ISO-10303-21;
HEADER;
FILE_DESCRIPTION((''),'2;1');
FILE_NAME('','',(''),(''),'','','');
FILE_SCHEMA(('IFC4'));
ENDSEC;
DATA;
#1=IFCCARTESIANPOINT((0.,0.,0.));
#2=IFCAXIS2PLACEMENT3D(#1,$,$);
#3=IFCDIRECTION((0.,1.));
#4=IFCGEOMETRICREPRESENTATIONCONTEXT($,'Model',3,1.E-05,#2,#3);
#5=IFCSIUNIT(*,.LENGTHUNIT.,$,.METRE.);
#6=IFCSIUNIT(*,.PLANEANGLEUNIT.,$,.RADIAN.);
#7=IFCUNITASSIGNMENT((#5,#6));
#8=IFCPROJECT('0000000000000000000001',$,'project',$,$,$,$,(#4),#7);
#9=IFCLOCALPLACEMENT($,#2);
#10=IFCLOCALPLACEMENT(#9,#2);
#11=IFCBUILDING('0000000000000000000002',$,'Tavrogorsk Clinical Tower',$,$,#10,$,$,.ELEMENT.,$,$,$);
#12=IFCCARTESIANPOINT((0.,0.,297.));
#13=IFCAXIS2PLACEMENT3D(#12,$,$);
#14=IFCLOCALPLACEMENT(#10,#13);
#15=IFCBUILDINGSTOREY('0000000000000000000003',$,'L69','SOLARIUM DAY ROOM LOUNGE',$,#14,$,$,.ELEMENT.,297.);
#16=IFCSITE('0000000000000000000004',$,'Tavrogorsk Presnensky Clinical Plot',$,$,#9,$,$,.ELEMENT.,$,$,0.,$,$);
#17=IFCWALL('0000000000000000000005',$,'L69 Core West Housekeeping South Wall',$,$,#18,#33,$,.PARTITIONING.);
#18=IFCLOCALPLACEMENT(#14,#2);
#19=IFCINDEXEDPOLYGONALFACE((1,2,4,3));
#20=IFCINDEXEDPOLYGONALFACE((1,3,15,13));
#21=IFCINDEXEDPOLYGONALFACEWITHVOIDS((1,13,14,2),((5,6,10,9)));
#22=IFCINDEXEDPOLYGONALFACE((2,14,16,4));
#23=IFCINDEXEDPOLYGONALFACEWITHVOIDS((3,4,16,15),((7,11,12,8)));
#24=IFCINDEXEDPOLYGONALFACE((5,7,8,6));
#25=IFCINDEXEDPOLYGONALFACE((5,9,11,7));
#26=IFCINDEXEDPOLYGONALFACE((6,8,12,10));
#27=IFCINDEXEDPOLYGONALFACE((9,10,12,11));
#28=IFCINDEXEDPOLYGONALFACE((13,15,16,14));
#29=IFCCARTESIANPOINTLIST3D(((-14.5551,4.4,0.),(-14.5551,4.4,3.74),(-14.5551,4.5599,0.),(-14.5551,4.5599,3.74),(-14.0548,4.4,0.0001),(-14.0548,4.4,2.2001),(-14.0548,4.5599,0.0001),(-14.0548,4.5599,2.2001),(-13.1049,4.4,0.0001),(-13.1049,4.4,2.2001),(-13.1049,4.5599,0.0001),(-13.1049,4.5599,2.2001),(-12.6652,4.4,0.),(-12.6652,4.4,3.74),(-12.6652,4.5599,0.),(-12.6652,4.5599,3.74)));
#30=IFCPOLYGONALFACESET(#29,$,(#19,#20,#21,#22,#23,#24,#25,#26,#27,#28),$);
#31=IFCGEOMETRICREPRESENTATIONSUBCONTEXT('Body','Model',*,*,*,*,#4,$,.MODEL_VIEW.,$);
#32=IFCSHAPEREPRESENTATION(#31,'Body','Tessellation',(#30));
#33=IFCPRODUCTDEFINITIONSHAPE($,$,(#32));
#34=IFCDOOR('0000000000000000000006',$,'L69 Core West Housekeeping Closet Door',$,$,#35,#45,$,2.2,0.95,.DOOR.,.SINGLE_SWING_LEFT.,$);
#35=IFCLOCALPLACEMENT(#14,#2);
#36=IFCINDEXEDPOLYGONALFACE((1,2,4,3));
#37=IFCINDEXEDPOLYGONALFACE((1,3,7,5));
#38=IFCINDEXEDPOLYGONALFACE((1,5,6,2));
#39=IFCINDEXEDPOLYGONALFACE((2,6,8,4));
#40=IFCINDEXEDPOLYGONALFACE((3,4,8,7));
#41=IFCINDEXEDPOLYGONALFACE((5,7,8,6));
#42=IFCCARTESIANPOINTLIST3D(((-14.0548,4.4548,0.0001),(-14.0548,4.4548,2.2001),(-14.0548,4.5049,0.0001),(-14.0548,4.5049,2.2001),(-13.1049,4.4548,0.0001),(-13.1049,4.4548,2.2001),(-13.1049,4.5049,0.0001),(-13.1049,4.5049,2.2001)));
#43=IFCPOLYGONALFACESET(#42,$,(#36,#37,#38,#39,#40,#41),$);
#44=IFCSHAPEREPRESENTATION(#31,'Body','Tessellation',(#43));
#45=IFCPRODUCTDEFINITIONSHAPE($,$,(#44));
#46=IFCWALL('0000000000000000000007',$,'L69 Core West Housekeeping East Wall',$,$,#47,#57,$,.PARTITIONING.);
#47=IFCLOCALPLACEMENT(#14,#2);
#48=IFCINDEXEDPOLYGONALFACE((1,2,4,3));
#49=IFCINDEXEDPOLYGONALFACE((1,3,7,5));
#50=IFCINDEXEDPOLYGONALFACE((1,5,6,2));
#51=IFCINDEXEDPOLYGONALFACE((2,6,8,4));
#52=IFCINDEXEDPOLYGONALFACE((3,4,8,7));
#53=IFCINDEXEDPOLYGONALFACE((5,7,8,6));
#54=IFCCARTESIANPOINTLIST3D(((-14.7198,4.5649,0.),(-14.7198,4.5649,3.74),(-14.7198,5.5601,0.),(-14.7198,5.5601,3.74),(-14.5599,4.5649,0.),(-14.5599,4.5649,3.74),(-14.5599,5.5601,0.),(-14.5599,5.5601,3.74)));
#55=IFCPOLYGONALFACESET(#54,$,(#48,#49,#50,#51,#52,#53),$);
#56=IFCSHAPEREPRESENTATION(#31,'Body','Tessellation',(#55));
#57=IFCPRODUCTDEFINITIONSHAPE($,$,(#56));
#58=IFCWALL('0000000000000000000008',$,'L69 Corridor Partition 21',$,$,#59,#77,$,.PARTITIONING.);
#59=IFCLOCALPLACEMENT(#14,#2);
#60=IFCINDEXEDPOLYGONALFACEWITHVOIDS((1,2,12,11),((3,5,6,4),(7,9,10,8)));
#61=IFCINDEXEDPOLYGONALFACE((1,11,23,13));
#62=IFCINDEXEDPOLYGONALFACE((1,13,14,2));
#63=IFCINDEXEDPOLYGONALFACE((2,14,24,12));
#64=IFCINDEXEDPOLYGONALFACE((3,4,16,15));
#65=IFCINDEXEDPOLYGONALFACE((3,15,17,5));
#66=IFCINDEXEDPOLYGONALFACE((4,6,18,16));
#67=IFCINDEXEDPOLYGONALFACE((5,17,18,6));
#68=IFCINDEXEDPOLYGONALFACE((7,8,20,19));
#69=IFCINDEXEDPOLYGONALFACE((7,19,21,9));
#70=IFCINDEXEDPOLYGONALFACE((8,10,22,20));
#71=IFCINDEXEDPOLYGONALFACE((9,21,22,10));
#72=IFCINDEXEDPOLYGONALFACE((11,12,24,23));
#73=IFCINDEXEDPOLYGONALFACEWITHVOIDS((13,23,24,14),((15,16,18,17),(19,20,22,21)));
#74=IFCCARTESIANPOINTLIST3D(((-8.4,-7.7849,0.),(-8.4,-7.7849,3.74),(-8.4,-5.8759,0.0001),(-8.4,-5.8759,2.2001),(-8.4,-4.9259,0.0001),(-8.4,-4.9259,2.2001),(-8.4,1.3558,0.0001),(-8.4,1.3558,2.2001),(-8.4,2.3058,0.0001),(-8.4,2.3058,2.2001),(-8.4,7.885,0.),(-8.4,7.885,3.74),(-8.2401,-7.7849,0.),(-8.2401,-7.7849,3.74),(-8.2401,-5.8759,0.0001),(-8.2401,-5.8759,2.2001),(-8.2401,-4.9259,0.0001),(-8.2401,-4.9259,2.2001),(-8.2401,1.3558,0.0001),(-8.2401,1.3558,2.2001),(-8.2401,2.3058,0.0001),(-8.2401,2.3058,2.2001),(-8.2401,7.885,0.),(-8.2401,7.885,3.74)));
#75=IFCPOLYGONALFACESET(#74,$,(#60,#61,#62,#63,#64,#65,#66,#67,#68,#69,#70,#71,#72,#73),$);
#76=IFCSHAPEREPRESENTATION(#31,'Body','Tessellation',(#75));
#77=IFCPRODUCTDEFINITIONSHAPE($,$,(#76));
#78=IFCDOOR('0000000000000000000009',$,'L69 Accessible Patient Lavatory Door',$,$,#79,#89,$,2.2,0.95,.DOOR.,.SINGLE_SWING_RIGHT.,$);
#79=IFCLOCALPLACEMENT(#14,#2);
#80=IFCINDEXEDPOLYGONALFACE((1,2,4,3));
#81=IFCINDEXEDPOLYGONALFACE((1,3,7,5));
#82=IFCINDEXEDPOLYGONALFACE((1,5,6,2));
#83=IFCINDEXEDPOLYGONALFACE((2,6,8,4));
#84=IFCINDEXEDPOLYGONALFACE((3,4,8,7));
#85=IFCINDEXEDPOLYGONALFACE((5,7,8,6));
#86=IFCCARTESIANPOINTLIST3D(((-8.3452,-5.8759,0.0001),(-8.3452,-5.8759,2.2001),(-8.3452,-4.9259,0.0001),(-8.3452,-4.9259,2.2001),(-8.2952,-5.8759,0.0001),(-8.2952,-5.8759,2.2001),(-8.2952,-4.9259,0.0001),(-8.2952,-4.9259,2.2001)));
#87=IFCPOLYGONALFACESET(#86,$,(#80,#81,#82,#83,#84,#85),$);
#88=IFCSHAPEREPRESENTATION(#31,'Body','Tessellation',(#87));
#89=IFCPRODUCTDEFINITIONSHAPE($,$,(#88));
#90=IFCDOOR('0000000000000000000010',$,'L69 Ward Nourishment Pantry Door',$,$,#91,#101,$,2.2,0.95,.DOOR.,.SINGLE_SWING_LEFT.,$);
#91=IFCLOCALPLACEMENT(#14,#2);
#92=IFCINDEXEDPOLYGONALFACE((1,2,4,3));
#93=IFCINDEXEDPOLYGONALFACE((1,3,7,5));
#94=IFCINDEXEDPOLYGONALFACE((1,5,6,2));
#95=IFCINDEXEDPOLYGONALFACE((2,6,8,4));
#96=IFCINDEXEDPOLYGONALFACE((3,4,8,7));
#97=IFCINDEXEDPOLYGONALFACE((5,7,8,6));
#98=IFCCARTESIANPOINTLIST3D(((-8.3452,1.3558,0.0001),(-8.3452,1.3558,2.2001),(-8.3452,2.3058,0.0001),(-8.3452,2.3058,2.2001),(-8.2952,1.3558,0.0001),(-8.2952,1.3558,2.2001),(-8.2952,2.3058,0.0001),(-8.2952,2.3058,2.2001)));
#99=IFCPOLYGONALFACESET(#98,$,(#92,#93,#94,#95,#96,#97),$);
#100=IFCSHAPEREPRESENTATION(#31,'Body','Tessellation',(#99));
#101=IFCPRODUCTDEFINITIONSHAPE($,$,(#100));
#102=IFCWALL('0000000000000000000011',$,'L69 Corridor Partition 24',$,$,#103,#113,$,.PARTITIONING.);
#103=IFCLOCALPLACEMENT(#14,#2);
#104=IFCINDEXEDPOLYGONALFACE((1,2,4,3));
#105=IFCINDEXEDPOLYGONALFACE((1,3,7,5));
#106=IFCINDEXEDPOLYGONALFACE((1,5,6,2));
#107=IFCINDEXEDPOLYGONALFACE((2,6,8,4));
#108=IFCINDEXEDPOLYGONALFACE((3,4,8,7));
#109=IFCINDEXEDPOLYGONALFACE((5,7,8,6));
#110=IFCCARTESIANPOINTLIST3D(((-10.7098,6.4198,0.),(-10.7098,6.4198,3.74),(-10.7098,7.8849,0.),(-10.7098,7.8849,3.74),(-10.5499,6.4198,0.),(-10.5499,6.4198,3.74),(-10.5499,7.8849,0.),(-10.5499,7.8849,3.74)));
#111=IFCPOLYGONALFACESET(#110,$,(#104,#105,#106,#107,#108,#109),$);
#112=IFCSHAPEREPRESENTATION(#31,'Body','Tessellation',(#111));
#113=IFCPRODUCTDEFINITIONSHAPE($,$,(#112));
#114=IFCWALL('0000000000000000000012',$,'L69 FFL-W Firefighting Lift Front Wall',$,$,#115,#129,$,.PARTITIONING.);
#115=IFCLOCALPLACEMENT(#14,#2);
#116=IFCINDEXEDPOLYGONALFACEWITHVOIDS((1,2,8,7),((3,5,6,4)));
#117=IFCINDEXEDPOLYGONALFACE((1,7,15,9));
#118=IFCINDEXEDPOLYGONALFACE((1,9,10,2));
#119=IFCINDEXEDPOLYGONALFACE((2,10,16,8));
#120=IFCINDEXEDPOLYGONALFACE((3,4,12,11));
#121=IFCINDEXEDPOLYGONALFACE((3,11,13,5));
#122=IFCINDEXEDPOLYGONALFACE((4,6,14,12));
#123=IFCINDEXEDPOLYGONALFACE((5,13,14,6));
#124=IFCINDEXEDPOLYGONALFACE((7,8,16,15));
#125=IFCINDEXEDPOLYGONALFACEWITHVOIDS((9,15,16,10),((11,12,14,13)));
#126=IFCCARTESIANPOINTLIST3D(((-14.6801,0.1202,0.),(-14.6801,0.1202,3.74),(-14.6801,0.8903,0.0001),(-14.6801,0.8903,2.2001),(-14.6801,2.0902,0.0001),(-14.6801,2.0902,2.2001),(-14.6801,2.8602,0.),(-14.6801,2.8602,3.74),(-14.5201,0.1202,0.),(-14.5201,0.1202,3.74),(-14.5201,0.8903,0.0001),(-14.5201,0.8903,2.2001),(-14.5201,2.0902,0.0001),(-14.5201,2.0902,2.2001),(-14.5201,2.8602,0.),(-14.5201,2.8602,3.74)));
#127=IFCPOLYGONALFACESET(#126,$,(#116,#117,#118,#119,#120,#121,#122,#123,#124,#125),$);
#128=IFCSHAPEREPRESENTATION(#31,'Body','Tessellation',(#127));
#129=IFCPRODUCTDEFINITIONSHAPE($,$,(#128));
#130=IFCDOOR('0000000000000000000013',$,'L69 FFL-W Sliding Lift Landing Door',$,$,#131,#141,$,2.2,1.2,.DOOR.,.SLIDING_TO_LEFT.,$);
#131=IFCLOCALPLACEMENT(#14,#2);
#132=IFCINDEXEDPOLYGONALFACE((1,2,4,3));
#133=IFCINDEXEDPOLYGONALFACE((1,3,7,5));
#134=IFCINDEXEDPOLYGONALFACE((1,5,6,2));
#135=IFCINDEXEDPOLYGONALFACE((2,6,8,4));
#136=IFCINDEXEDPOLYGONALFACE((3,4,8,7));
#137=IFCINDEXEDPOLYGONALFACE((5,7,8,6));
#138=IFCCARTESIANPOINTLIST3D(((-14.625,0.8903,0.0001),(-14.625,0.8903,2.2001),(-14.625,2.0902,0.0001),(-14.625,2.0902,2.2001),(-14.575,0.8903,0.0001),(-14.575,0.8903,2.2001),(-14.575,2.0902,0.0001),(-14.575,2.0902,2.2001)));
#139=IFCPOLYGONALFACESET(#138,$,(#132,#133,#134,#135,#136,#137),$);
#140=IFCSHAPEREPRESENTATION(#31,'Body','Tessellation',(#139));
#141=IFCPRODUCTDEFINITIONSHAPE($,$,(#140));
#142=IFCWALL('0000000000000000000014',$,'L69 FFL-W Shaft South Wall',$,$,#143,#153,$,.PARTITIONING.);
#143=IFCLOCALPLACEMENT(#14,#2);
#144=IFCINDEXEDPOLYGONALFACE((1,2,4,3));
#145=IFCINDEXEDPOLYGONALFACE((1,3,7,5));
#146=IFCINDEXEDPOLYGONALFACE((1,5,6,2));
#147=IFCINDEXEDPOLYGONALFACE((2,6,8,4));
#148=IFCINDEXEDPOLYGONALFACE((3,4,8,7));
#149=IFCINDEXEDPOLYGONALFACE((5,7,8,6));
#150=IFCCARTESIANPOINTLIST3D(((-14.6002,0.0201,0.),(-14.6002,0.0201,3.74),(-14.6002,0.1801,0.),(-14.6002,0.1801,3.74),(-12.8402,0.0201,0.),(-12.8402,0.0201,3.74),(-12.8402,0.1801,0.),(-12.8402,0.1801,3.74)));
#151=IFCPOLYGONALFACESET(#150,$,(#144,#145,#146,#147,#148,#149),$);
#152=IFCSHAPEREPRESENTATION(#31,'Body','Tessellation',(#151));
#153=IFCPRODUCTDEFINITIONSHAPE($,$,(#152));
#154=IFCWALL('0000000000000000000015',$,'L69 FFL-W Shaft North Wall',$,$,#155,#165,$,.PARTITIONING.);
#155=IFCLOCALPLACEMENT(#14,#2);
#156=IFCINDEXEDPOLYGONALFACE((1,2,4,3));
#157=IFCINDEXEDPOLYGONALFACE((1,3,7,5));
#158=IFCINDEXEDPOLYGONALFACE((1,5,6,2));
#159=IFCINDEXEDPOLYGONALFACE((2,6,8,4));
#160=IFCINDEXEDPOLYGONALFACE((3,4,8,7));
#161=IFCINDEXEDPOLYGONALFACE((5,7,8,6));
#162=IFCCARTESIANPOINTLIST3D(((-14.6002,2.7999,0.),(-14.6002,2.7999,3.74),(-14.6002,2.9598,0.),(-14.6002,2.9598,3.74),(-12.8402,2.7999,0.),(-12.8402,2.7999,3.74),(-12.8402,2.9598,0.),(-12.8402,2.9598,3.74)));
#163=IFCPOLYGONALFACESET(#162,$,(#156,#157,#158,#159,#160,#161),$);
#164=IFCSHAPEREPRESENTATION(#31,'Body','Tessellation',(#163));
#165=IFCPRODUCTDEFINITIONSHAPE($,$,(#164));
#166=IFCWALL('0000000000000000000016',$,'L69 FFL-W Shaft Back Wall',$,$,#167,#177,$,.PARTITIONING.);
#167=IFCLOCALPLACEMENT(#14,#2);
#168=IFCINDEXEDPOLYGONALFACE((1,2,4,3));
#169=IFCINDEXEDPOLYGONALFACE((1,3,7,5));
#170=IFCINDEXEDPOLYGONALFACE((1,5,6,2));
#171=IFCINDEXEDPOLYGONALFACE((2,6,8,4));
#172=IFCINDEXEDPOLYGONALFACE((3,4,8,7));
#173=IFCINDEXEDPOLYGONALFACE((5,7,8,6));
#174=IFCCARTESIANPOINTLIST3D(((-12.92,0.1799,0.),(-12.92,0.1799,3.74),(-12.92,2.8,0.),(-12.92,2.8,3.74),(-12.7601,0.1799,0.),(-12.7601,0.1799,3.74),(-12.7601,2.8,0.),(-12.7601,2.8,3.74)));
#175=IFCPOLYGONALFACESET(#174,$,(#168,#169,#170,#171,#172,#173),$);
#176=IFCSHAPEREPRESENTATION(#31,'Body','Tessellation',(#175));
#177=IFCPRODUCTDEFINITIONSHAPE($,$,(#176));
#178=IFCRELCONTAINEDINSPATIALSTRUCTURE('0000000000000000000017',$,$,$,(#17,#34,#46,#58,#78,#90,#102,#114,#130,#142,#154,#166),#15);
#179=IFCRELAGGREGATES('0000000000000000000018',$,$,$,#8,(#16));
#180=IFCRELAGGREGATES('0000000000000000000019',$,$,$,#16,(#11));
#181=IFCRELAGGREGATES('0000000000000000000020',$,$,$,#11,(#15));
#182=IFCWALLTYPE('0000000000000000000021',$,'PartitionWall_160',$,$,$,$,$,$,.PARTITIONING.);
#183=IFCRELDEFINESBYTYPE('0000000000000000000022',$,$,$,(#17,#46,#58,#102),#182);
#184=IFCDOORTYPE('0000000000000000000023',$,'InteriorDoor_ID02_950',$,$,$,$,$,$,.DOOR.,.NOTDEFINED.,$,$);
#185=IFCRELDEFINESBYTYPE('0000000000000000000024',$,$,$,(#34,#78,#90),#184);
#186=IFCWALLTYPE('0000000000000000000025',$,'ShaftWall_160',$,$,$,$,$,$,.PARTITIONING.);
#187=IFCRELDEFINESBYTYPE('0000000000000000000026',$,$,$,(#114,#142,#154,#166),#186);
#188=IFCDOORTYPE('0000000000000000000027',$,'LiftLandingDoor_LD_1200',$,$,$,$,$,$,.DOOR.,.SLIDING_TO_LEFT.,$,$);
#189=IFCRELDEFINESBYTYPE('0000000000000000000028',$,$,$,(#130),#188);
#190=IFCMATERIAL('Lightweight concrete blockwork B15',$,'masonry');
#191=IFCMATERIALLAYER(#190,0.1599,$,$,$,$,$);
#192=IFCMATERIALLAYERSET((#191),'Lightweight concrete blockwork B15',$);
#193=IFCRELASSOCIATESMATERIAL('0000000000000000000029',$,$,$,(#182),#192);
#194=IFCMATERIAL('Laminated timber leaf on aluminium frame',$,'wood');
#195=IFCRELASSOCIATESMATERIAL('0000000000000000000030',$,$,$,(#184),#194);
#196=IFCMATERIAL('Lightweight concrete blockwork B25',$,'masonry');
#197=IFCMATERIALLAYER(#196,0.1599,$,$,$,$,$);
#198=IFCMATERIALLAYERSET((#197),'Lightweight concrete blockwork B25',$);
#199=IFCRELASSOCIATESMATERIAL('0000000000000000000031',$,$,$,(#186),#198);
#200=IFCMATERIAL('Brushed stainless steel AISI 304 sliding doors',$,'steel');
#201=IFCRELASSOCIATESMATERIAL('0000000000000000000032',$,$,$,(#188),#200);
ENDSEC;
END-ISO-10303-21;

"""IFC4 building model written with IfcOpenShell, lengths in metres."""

from ifc_helpers import new_model, si_unit, direction, frame, frame_2d, origin, place, context, subcontext, project, spatial, rectangle, extrude, material, layer, layer_set, type_object, element, fill, save


model = new_model("IFC4")

# Units and contexts
model_context = context("Model", 3, precision=1e-05, world=origin(), true_north=direction((0.0, 1.0)))
body_context = subcontext(model_context, "Body", "Model", "MODEL_VIEW")
ifc_project = project(units=[si_unit("LENGTHUNIT", "METRE"), si_unit("PLANEANGLEUNIT", "RADIAN")], contexts=[model_context])

# Site, building, storey
site_placement = place(None, origin())
site = spatial("IfcSite", under=ifc_project, at=site_placement, Name="Tavrogorsk Presnensky Clinical Plot", CompositionType="ELEMENT", RefElevation=0.0)
building_placement = place(site_placement, origin())
building = spatial("IfcBuilding", under=site, at=building_placement, Name="Tavrogorsk Clinical Tower", CompositionType="ELEMENT")
storey_placement = place(building_placement, frame((0.0, 0.0, 297.0)))
storey = spatial("IfcBuildingStorey", under=building, at=storey_placement, Name="L69", Description="SOLARIUM DAY ROOM LOUNGE", CompositionType="ELEMENT", Elevation=297.0)

# Wall, opening, door
ifc_material_1 = material(Name="Lightweight concrete blockwork B15", Category="masonry")
ifc_layer_1 = layer(ifc_material_1, 0.1599)
ifc_layer_set_1 = layer_set([ifc_layer_1], Name="Lightweight concrete blockwork B15")
wall_type_1 = type_object("IfcWallType", Name="PartitionWall_160", PredefinedType="PARTITIONING", material=ifc_layer_set_1)
ifc_material_2 = material(Name="Laminated timber leaf on aluminium frame", Category="wood")
door_type_1 = type_object("IfcDoorType", Name="InteriorDoor_ID02_950", OperationType="NOTDEFINED", PredefinedType="DOOR", material=ifc_material_2)
wall_1_placement = place(storey_placement, frame((-14.5549, 4.48, 0.0), z_axis=(0.0, 0.0, 1.0), x_axis=(1.0, 0.0, 0.0)))
wall_1 = element("IfcWall", 1, at=wall_1_placement, inside=storey, type_object=wall_type_1, Name="L69 Core West Housekeeping South Wall", PredefinedType="PARTITIONING", context=body_context, shape_type="SweptSolid", body=[
    extrude(rectangle(XDim=1.8899, YDim=0.1599, at=frame_2d((0.9448, 0.0))), origin(), (0.0, 0.0, 1.0), 3.74),
])
opening_1_placement = place(wall_1_placement, frame((0.5, 0.0, 0.0)))
opening_1 = element("IfcOpeningElement", 2, at=opening_1_placement, cuts=wall_1, PredefinedType="OPENING", context=body_context, shape_type="SweptSolid", body=[
    extrude(rectangle(XDim=0.95, YDim=2.2, at=frame_2d((0.4751, 1.1001))), frame((0.0, 0.0898, 0.0), z_axis=(0.0, -1.0, 0.0), x_axis=(1.0, 0.0, 0.0)), (0.0, 0.0, 1.0), 0.1799),
])
door_1_placement = place(opening_1_placement, origin())
door_1 = element("IfcDoor", 3, at=door_1_placement, inside=storey, type_object=door_type_1, Name="L69 Core West Housekeeping Closet Door", OperationType="SINGLE_SWING_LEFT", OverallHeight=2.2, OverallWidth=0.95, PredefinedType="DOOR", context=body_context, shape_type="SweptSolid", body=[
    extrude(rectangle(XDim=0.95, YDim=2.2, at=frame_2d((0.4751, 1.1001))), frame((0.0, 0.0249, 0.0), z_axis=(0.0, -1.0, 0.0), x_axis=(1.0, 0.0, 0.0)), (0.0, 0.0, 1.0), 0.05),
])
fill(opening_1, door_1)

# Wall
wall_2_placement = place(storey_placement, frame((-14.6399, 4.5649, 0.0), z_axis=(0.0, 0.0, 1.0), x_axis=(0.0, 1.0, 0.0)))
element("IfcWall", 4, at=wall_2_placement, inside=storey, type_object=wall_type_1, Name="L69 Core West Housekeeping East Wall", PredefinedType="PARTITIONING", context=body_context, shape_type="SweptSolid", body=[
    extrude(rectangle(XDim=0.9951, YDim=0.1599, at=frame_2d((0.4976, 0.0))), origin(), (0.0, 0.0, 1.0), 3.74),
])

# Wall, openings, doors
wall_3_placement = place(storey_placement, frame((-8.3201, 7.885, 0.0), z_axis=(0.0, 0.0, 1.0), x_axis=(0.0, -1.0, 0.0)))
wall_3 = element("IfcWall", 5, at=wall_3_placement, inside=storey, type_object=wall_type_1, Name="L69 Corridor Partition 21", PredefinedType="PARTITIONING", context=body_context, shape_type="SweptSolid", body=[
    extrude(rectangle(XDim=15.6699, YDim=0.1599, at=frame_2d((7.835, 0.0))), origin(), (0.0, 0.0, 1.0), 3.74),
])
opening_2_placement = place(wall_3_placement, frame((12.8108, 0.0, 0.0)))
opening_2 = element("IfcOpeningElement", 6, at=opening_2_placement, cuts=wall_3, PredefinedType="OPENING", context=body_context, shape_type="SweptSolid", body=[
    extrude(rectangle(XDim=0.95, YDim=2.2, at=frame_2d((0.4751, 1.1001))), frame((0.0, 0.0898, 0.0), z_axis=(0.0, -1.0, 0.0), x_axis=(1.0, 0.0, 0.0)), (0.0, 0.0, 1.0), 0.1799),
])
opening_3_placement = place(wall_3_placement, frame((5.5791, 0.0, 0.0)))
opening_3 = element("IfcOpeningElement", 7, at=opening_3_placement, cuts=wall_3, PredefinedType="OPENING", context=body_context, shape_type="SweptSolid", body=[
    extrude(rectangle(XDim=0.95, YDim=2.2, at=frame_2d((0.4751, 1.1001))), frame((0.0, 0.0898, 0.0), z_axis=(0.0, -1.0, 0.0), x_axis=(1.0, 0.0, 0.0)), (0.0, 0.0, 1.0), 0.1799),
])
door_2_placement = place(opening_2_placement, origin())
door_2 = element("IfcDoor", 8, at=door_2_placement, inside=storey, type_object=door_type_1, Name="L69 Accessible Patient Lavatory Door", OperationType="SINGLE_SWING_RIGHT", OverallHeight=2.2, OverallWidth=0.95, PredefinedType="DOOR", context=body_context, shape_type="SweptSolid", body=[
    extrude(rectangle(XDim=0.95, YDim=2.2, at=frame_2d((0.4751, 1.1001))), frame((0.0, 0.0249, 0.0), z_axis=(0.0, -1.0, 0.0), x_axis=(1.0, 0.0, 0.0)), (0.0, 0.0, 1.0), 0.05),
])
fill(opening_2, door_2)
door_3_placement = place(opening_3_placement, origin())
door_3 = element("IfcDoor", 9, at=door_3_placement, inside=storey, type_object=door_type_1, Name="L69 Ward Nourishment Pantry Door", OperationType="SINGLE_SWING_LEFT", OverallHeight=2.2, OverallWidth=0.95, PredefinedType="DOOR", context=body_context, shape_type="SweptSolid", body=[
    extrude(rectangle(XDim=0.95, YDim=2.2, at=frame_2d((0.4751, 1.1001))), frame((0.0, 0.0249, 0.0), z_axis=(0.0, -1.0, 0.0), x_axis=(1.0, 0.0, 0.0)), (0.0, 0.0, 1.0), 0.05),
])
fill(opening_3, door_3)

# Wall
wall_4_placement = place(storey_placement, frame((-10.6299, 6.4199, 0.0), z_axis=(0.0, 0.0, 1.0), x_axis=(0.0, 1.0, 0.0)))
element("IfcWall", 10, at=wall_4_placement, inside=storey, type_object=wall_type_1, Name="L69 Corridor Partition 24", PredefinedType="PARTITIONING", context=body_context, shape_type="SweptSolid", body=[
    extrude(rectangle(XDim=1.4651, YDim=0.1599, at=frame_2d((0.7324, 0.0))), origin(), (0.0, 0.0, 1.0), 3.74),
])

# Wall, opening, door
ifc_material_3 = material(Name="Lightweight concrete blockwork B25", Category="masonry")
ifc_layer_2 = layer(ifc_material_3, 0.1599)
ifc_layer_set_2 = layer_set([ifc_layer_2], Name="Lightweight concrete blockwork B25")
wall_type_2 = type_object("IfcWallType", Name="ShaftWall_160", PredefinedType="PARTITIONING", material=ifc_layer_set_2)
wall_5_placement = place(storey_placement, frame((-14.6001, 0.1201, 0.0), z_axis=(0.0, 0.0, 1.0), x_axis=(0.0, 1.0, 0.0)))
wall_5 = element("IfcWall", 11, at=wall_5_placement, inside=storey, type_object=wall_type_2, Name="L69 FFL-W Firefighting Lift Front Wall", PredefinedType="PARTITIONING", context=body_context, shape_type="SweptSolid", body=[
    extrude(rectangle(XDim=2.74, YDim=0.1599, at=frame_2d((1.3701, 0.0))), origin(), (0.0, 0.0, 1.0), 3.74),
])
opening_4_placement = place(wall_5_placement, frame((0.77, 0.0, 0.0)))
opening_4 = element("IfcOpeningElement", 12, at=opening_4_placement, cuts=wall_5, PredefinedType="OPENING", context=body_context, shape_type="SweptSolid", body=[
    extrude(rectangle(XDim=1.2, YDim=2.2, at=frame_2d((0.6001, 1.1001))), frame((0.0, 0.0898, 0.0), z_axis=(0.0, -1.0, 0.0), x_axis=(1.0, 0.0, 0.0)), (0.0, 0.0, 1.0), 0.1799),
])
ifc_material_4 = material(Name="Brushed stainless steel AISI 304 sliding doors", Category="steel")
door_type_2 = type_object("IfcDoorType", Name="LiftLandingDoor_LD_1200", OperationType="SLIDING_TO_LEFT", PredefinedType="DOOR", material=ifc_material_4)
door_4_placement = place(opening_4_placement, origin())
door_4 = element("IfcDoor", 13, at=door_4_placement, inside=storey, type_object=door_type_2, Name="L69 FFL-W Sliding Lift Landing Door", OperationType="SLIDING_TO_LEFT", OverallHeight=2.2, OverallWidth=1.2, PredefinedType="DOOR", context=body_context, shape_type="SweptSolid", body=[
    extrude(rectangle(XDim=1.2, YDim=2.2, at=frame_2d((0.6001, 1.1001))), frame((0.0, 0.0249, 0.0), z_axis=(0.0, -1.0, 0.0), x_axis=(1.0, 0.0, 0.0)), (0.0, 0.0, 1.0), 0.05),
])
fill(opening_4, door_4)

# Walls
for number, where, z_axis, x_axis, name in (
    (14, (-14.6001, 0.1001, 0.0), (0.0, 0.0, 1.0), (1.0, 0.0, 0.0), "L69 FFL-W Shaft South Wall"),
    (15, (-14.6001, 2.8799, 0.0), (0.0, 0.0, 1.0), (1.0, 0.0, 0.0), "L69 FFL-W Shaft North Wall"),
):
    element("IfcWall", number, at=place(storey_placement, frame(where, z_axis=z_axis, x_axis=x_axis)), inside=storey, type_object=wall_type_2, Name=name, PredefinedType="PARTITIONING", context=body_context, shape_type="SweptSolid", body=[
        extrude(rectangle(XDim=1.76, YDim=0.1599, at=frame_2d((0.8799, 0.0))), origin(), (0.0, 0.0, 1.0), 3.74),
    ])
wall_6_placement = place(storey_placement, frame((-12.8401, 0.1799, 0.0), z_axis=(0.0, 0.0, 1.0), x_axis=(0.0, 1.0, 0.0)))
element("IfcWall", 16, at=wall_6_placement, inside=storey, type_object=wall_type_2, Name="L69 FFL-W Shaft Back Wall", PredefinedType="PARTITIONING", context=body_context, shape_type="SweptSolid", body=[
    extrude(rectangle(XDim=2.6201, YDim=0.1599, at=frame_2d((1.3101, 0.0))), origin(), (0.0, 0.0, 1.0), 3.74),
])

save(model, "model.ifc")
